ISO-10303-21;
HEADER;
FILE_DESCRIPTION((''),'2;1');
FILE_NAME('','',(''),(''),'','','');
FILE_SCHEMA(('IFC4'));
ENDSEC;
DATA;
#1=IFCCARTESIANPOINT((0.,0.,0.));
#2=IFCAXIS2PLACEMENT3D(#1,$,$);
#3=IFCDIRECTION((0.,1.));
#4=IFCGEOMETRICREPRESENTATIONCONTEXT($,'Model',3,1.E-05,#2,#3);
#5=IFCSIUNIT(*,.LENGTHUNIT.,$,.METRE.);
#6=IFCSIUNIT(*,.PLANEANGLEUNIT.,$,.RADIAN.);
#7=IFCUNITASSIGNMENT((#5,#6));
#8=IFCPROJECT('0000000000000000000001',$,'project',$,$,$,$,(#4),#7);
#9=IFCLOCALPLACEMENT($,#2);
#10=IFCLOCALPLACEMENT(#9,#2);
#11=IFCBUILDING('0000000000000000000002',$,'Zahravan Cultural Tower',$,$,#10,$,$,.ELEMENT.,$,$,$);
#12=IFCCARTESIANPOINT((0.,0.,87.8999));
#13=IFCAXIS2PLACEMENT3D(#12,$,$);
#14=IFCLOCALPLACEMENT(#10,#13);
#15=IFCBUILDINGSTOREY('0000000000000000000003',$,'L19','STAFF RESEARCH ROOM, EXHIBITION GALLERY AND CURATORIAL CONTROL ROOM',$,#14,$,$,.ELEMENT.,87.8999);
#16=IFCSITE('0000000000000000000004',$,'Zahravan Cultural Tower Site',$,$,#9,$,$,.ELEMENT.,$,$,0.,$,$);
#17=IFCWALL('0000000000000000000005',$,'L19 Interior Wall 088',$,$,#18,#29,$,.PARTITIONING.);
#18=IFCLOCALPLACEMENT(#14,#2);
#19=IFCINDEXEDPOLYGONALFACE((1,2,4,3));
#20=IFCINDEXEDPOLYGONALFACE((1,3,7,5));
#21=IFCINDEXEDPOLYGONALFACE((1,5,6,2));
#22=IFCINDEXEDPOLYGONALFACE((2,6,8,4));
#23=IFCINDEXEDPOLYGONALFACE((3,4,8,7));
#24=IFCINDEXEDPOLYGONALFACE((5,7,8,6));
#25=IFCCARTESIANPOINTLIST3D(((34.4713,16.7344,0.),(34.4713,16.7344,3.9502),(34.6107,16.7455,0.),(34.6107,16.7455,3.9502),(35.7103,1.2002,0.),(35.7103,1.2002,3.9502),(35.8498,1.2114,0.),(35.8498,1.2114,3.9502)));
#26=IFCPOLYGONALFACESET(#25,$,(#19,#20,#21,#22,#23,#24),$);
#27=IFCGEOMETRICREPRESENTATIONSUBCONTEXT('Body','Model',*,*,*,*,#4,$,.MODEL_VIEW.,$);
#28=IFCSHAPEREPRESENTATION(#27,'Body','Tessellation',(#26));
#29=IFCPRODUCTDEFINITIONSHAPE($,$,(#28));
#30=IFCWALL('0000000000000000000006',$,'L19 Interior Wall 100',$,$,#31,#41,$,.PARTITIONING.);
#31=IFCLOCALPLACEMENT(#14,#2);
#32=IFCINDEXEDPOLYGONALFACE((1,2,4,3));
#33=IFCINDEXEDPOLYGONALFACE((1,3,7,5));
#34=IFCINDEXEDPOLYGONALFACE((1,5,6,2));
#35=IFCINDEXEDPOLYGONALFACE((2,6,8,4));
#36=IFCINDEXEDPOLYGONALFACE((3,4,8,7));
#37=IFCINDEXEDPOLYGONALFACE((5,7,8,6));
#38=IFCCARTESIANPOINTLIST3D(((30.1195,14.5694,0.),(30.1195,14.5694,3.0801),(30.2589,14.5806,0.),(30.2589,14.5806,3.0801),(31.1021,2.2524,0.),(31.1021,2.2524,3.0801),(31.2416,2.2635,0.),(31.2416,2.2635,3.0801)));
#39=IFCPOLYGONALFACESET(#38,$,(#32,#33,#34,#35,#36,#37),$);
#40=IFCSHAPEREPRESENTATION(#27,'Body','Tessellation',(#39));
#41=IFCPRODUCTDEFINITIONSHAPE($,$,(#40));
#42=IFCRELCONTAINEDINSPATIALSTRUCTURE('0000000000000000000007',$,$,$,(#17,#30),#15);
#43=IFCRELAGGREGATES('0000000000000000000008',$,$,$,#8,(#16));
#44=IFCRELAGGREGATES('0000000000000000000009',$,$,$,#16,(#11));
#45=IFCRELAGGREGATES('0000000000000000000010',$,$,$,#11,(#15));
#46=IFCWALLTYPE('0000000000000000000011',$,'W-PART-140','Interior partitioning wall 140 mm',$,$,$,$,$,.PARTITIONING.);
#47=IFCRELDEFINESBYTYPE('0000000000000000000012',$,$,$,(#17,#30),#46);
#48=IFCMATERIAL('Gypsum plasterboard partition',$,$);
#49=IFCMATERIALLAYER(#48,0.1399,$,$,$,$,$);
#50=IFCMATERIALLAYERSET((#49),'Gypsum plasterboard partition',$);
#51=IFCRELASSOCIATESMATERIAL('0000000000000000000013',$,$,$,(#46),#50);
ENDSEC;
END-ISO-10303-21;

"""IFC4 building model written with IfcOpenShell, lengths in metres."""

from ifc_helpers import new_model, si_unit, direction, frame, frame_2d, origin, place, context, subcontext, project, spatial, rectangle, extrude, source, transform, mapped, material, layer, layer_set, type_object, element, save


model = new_model("IFC4")

# Units and contexts
model_context = context("Model", 3, precision=1e-05, world=origin(), true_north=direction((0.0, 1.0)))
body_context = subcontext(model_context, "Body", "Model", "MODEL_VIEW")
ifc_project = project(units=[si_unit("LENGTHUNIT", "METRE"), si_unit("PLANEANGLEUNIT", "RADIAN")], contexts=[model_context])

# Site, building, storey
site_placement = place(None, origin())
site = spatial("IfcSite", under=ifc_project, at=site_placement, Name="Zahravan Cultural Tower Site", CompositionType="ELEMENT", RefElevation=0.0)
building_placement = place(site_placement, origin())
building = spatial("IfcBuilding", under=site, at=building_placement, Name="Zahravan Cultural Tower", CompositionType="ELEMENT")
storey_placement = place(building_placement, frame((0.0, 0.0, 87.8999)))
storey = spatial("IfcBuildingStorey", under=building, at=storey_placement, Name="L19", Description="STAFF RESEARCH ROOM, EXHIBITION GALLERY AND CURATORIAL CONTROL ROOM", CompositionType="ELEMENT", Elevation=87.8999)

# Walls
ifc_material_1 = material(Name="Gypsum plasterboard partition")
ifc_layer_1 = layer(ifc_material_1, 0.1399)
ifc_layer_set_1 = layer_set([ifc_layer_1], Name="Gypsum plasterboard partition")
wall_type_1 = type_object("IfcWallType", Name="W-PART-140", Description="Interior partitioning wall 140 mm", PredefinedType="PARTITIONING", material=ifc_layer_set_1)
shared_shape_1 = source(origin(), body_context, "Body", "SweptSolid", [
    extrude(rectangle(XDim=15.5835, YDim=0.1399, at=frame_2d((7.7917, 0.0))), origin(), (0.0, 0.0, 1.0), 3.9502),
])
wall_1_placement = place(storey_placement, frame((35.78, 1.2058, 0.0), z_axis=(0.0, 0.0, 1.0), x_axis=(-0.079508, 0.996834, 0.0)))
element("IfcWall", 1, at=wall_1_placement, inside=storey, type_object=wall_type_1, Name="L19 Interior Wall 088", PredefinedType="PARTITIONING", context=body_context, shape_type="MappedRepresentation", body=[
    mapped(shared_shape_1, transform((0.0, 0.0, 0.0), x_axis=(1.0, 0.0, 0.0), y_axis=(0.0, 1.0, 0.0), z_axis=(0.0, 0.0, 1.0), scale=1.0)),
])
shared_shape_2 = source(origin(), body_context, "Body", "SweptSolid", [
    extrude(rectangle(XDim=12.3562, YDim=0.1399, at=frame_2d((6.1782, 0.0))), origin(), (0.0, 0.0, 1.0), 3.0801),
])
wall_2_placement = place(storey_placement, frame((31.1719, 2.2578, 0.0), z_axis=(0.0, 0.0, 1.0), x_axis=(-0.079528, 0.996833, 0.0)))
element("IfcWall", 2, at=wall_2_placement, inside=storey, type_object=wall_type_1, Name="L19 Interior Wall 100", PredefinedType="PARTITIONING", context=body_context, shape_type="MappedRepresentation", body=[
    mapped(shared_shape_2, transform((0.0, 0.0, 0.0), x_axis=(1.0, 0.0, 0.0), y_axis=(0.0, 1.0, 0.0), z_axis=(0.0, 0.0, 1.0), scale=1.0)),
])

save(model, "model.ifc")
